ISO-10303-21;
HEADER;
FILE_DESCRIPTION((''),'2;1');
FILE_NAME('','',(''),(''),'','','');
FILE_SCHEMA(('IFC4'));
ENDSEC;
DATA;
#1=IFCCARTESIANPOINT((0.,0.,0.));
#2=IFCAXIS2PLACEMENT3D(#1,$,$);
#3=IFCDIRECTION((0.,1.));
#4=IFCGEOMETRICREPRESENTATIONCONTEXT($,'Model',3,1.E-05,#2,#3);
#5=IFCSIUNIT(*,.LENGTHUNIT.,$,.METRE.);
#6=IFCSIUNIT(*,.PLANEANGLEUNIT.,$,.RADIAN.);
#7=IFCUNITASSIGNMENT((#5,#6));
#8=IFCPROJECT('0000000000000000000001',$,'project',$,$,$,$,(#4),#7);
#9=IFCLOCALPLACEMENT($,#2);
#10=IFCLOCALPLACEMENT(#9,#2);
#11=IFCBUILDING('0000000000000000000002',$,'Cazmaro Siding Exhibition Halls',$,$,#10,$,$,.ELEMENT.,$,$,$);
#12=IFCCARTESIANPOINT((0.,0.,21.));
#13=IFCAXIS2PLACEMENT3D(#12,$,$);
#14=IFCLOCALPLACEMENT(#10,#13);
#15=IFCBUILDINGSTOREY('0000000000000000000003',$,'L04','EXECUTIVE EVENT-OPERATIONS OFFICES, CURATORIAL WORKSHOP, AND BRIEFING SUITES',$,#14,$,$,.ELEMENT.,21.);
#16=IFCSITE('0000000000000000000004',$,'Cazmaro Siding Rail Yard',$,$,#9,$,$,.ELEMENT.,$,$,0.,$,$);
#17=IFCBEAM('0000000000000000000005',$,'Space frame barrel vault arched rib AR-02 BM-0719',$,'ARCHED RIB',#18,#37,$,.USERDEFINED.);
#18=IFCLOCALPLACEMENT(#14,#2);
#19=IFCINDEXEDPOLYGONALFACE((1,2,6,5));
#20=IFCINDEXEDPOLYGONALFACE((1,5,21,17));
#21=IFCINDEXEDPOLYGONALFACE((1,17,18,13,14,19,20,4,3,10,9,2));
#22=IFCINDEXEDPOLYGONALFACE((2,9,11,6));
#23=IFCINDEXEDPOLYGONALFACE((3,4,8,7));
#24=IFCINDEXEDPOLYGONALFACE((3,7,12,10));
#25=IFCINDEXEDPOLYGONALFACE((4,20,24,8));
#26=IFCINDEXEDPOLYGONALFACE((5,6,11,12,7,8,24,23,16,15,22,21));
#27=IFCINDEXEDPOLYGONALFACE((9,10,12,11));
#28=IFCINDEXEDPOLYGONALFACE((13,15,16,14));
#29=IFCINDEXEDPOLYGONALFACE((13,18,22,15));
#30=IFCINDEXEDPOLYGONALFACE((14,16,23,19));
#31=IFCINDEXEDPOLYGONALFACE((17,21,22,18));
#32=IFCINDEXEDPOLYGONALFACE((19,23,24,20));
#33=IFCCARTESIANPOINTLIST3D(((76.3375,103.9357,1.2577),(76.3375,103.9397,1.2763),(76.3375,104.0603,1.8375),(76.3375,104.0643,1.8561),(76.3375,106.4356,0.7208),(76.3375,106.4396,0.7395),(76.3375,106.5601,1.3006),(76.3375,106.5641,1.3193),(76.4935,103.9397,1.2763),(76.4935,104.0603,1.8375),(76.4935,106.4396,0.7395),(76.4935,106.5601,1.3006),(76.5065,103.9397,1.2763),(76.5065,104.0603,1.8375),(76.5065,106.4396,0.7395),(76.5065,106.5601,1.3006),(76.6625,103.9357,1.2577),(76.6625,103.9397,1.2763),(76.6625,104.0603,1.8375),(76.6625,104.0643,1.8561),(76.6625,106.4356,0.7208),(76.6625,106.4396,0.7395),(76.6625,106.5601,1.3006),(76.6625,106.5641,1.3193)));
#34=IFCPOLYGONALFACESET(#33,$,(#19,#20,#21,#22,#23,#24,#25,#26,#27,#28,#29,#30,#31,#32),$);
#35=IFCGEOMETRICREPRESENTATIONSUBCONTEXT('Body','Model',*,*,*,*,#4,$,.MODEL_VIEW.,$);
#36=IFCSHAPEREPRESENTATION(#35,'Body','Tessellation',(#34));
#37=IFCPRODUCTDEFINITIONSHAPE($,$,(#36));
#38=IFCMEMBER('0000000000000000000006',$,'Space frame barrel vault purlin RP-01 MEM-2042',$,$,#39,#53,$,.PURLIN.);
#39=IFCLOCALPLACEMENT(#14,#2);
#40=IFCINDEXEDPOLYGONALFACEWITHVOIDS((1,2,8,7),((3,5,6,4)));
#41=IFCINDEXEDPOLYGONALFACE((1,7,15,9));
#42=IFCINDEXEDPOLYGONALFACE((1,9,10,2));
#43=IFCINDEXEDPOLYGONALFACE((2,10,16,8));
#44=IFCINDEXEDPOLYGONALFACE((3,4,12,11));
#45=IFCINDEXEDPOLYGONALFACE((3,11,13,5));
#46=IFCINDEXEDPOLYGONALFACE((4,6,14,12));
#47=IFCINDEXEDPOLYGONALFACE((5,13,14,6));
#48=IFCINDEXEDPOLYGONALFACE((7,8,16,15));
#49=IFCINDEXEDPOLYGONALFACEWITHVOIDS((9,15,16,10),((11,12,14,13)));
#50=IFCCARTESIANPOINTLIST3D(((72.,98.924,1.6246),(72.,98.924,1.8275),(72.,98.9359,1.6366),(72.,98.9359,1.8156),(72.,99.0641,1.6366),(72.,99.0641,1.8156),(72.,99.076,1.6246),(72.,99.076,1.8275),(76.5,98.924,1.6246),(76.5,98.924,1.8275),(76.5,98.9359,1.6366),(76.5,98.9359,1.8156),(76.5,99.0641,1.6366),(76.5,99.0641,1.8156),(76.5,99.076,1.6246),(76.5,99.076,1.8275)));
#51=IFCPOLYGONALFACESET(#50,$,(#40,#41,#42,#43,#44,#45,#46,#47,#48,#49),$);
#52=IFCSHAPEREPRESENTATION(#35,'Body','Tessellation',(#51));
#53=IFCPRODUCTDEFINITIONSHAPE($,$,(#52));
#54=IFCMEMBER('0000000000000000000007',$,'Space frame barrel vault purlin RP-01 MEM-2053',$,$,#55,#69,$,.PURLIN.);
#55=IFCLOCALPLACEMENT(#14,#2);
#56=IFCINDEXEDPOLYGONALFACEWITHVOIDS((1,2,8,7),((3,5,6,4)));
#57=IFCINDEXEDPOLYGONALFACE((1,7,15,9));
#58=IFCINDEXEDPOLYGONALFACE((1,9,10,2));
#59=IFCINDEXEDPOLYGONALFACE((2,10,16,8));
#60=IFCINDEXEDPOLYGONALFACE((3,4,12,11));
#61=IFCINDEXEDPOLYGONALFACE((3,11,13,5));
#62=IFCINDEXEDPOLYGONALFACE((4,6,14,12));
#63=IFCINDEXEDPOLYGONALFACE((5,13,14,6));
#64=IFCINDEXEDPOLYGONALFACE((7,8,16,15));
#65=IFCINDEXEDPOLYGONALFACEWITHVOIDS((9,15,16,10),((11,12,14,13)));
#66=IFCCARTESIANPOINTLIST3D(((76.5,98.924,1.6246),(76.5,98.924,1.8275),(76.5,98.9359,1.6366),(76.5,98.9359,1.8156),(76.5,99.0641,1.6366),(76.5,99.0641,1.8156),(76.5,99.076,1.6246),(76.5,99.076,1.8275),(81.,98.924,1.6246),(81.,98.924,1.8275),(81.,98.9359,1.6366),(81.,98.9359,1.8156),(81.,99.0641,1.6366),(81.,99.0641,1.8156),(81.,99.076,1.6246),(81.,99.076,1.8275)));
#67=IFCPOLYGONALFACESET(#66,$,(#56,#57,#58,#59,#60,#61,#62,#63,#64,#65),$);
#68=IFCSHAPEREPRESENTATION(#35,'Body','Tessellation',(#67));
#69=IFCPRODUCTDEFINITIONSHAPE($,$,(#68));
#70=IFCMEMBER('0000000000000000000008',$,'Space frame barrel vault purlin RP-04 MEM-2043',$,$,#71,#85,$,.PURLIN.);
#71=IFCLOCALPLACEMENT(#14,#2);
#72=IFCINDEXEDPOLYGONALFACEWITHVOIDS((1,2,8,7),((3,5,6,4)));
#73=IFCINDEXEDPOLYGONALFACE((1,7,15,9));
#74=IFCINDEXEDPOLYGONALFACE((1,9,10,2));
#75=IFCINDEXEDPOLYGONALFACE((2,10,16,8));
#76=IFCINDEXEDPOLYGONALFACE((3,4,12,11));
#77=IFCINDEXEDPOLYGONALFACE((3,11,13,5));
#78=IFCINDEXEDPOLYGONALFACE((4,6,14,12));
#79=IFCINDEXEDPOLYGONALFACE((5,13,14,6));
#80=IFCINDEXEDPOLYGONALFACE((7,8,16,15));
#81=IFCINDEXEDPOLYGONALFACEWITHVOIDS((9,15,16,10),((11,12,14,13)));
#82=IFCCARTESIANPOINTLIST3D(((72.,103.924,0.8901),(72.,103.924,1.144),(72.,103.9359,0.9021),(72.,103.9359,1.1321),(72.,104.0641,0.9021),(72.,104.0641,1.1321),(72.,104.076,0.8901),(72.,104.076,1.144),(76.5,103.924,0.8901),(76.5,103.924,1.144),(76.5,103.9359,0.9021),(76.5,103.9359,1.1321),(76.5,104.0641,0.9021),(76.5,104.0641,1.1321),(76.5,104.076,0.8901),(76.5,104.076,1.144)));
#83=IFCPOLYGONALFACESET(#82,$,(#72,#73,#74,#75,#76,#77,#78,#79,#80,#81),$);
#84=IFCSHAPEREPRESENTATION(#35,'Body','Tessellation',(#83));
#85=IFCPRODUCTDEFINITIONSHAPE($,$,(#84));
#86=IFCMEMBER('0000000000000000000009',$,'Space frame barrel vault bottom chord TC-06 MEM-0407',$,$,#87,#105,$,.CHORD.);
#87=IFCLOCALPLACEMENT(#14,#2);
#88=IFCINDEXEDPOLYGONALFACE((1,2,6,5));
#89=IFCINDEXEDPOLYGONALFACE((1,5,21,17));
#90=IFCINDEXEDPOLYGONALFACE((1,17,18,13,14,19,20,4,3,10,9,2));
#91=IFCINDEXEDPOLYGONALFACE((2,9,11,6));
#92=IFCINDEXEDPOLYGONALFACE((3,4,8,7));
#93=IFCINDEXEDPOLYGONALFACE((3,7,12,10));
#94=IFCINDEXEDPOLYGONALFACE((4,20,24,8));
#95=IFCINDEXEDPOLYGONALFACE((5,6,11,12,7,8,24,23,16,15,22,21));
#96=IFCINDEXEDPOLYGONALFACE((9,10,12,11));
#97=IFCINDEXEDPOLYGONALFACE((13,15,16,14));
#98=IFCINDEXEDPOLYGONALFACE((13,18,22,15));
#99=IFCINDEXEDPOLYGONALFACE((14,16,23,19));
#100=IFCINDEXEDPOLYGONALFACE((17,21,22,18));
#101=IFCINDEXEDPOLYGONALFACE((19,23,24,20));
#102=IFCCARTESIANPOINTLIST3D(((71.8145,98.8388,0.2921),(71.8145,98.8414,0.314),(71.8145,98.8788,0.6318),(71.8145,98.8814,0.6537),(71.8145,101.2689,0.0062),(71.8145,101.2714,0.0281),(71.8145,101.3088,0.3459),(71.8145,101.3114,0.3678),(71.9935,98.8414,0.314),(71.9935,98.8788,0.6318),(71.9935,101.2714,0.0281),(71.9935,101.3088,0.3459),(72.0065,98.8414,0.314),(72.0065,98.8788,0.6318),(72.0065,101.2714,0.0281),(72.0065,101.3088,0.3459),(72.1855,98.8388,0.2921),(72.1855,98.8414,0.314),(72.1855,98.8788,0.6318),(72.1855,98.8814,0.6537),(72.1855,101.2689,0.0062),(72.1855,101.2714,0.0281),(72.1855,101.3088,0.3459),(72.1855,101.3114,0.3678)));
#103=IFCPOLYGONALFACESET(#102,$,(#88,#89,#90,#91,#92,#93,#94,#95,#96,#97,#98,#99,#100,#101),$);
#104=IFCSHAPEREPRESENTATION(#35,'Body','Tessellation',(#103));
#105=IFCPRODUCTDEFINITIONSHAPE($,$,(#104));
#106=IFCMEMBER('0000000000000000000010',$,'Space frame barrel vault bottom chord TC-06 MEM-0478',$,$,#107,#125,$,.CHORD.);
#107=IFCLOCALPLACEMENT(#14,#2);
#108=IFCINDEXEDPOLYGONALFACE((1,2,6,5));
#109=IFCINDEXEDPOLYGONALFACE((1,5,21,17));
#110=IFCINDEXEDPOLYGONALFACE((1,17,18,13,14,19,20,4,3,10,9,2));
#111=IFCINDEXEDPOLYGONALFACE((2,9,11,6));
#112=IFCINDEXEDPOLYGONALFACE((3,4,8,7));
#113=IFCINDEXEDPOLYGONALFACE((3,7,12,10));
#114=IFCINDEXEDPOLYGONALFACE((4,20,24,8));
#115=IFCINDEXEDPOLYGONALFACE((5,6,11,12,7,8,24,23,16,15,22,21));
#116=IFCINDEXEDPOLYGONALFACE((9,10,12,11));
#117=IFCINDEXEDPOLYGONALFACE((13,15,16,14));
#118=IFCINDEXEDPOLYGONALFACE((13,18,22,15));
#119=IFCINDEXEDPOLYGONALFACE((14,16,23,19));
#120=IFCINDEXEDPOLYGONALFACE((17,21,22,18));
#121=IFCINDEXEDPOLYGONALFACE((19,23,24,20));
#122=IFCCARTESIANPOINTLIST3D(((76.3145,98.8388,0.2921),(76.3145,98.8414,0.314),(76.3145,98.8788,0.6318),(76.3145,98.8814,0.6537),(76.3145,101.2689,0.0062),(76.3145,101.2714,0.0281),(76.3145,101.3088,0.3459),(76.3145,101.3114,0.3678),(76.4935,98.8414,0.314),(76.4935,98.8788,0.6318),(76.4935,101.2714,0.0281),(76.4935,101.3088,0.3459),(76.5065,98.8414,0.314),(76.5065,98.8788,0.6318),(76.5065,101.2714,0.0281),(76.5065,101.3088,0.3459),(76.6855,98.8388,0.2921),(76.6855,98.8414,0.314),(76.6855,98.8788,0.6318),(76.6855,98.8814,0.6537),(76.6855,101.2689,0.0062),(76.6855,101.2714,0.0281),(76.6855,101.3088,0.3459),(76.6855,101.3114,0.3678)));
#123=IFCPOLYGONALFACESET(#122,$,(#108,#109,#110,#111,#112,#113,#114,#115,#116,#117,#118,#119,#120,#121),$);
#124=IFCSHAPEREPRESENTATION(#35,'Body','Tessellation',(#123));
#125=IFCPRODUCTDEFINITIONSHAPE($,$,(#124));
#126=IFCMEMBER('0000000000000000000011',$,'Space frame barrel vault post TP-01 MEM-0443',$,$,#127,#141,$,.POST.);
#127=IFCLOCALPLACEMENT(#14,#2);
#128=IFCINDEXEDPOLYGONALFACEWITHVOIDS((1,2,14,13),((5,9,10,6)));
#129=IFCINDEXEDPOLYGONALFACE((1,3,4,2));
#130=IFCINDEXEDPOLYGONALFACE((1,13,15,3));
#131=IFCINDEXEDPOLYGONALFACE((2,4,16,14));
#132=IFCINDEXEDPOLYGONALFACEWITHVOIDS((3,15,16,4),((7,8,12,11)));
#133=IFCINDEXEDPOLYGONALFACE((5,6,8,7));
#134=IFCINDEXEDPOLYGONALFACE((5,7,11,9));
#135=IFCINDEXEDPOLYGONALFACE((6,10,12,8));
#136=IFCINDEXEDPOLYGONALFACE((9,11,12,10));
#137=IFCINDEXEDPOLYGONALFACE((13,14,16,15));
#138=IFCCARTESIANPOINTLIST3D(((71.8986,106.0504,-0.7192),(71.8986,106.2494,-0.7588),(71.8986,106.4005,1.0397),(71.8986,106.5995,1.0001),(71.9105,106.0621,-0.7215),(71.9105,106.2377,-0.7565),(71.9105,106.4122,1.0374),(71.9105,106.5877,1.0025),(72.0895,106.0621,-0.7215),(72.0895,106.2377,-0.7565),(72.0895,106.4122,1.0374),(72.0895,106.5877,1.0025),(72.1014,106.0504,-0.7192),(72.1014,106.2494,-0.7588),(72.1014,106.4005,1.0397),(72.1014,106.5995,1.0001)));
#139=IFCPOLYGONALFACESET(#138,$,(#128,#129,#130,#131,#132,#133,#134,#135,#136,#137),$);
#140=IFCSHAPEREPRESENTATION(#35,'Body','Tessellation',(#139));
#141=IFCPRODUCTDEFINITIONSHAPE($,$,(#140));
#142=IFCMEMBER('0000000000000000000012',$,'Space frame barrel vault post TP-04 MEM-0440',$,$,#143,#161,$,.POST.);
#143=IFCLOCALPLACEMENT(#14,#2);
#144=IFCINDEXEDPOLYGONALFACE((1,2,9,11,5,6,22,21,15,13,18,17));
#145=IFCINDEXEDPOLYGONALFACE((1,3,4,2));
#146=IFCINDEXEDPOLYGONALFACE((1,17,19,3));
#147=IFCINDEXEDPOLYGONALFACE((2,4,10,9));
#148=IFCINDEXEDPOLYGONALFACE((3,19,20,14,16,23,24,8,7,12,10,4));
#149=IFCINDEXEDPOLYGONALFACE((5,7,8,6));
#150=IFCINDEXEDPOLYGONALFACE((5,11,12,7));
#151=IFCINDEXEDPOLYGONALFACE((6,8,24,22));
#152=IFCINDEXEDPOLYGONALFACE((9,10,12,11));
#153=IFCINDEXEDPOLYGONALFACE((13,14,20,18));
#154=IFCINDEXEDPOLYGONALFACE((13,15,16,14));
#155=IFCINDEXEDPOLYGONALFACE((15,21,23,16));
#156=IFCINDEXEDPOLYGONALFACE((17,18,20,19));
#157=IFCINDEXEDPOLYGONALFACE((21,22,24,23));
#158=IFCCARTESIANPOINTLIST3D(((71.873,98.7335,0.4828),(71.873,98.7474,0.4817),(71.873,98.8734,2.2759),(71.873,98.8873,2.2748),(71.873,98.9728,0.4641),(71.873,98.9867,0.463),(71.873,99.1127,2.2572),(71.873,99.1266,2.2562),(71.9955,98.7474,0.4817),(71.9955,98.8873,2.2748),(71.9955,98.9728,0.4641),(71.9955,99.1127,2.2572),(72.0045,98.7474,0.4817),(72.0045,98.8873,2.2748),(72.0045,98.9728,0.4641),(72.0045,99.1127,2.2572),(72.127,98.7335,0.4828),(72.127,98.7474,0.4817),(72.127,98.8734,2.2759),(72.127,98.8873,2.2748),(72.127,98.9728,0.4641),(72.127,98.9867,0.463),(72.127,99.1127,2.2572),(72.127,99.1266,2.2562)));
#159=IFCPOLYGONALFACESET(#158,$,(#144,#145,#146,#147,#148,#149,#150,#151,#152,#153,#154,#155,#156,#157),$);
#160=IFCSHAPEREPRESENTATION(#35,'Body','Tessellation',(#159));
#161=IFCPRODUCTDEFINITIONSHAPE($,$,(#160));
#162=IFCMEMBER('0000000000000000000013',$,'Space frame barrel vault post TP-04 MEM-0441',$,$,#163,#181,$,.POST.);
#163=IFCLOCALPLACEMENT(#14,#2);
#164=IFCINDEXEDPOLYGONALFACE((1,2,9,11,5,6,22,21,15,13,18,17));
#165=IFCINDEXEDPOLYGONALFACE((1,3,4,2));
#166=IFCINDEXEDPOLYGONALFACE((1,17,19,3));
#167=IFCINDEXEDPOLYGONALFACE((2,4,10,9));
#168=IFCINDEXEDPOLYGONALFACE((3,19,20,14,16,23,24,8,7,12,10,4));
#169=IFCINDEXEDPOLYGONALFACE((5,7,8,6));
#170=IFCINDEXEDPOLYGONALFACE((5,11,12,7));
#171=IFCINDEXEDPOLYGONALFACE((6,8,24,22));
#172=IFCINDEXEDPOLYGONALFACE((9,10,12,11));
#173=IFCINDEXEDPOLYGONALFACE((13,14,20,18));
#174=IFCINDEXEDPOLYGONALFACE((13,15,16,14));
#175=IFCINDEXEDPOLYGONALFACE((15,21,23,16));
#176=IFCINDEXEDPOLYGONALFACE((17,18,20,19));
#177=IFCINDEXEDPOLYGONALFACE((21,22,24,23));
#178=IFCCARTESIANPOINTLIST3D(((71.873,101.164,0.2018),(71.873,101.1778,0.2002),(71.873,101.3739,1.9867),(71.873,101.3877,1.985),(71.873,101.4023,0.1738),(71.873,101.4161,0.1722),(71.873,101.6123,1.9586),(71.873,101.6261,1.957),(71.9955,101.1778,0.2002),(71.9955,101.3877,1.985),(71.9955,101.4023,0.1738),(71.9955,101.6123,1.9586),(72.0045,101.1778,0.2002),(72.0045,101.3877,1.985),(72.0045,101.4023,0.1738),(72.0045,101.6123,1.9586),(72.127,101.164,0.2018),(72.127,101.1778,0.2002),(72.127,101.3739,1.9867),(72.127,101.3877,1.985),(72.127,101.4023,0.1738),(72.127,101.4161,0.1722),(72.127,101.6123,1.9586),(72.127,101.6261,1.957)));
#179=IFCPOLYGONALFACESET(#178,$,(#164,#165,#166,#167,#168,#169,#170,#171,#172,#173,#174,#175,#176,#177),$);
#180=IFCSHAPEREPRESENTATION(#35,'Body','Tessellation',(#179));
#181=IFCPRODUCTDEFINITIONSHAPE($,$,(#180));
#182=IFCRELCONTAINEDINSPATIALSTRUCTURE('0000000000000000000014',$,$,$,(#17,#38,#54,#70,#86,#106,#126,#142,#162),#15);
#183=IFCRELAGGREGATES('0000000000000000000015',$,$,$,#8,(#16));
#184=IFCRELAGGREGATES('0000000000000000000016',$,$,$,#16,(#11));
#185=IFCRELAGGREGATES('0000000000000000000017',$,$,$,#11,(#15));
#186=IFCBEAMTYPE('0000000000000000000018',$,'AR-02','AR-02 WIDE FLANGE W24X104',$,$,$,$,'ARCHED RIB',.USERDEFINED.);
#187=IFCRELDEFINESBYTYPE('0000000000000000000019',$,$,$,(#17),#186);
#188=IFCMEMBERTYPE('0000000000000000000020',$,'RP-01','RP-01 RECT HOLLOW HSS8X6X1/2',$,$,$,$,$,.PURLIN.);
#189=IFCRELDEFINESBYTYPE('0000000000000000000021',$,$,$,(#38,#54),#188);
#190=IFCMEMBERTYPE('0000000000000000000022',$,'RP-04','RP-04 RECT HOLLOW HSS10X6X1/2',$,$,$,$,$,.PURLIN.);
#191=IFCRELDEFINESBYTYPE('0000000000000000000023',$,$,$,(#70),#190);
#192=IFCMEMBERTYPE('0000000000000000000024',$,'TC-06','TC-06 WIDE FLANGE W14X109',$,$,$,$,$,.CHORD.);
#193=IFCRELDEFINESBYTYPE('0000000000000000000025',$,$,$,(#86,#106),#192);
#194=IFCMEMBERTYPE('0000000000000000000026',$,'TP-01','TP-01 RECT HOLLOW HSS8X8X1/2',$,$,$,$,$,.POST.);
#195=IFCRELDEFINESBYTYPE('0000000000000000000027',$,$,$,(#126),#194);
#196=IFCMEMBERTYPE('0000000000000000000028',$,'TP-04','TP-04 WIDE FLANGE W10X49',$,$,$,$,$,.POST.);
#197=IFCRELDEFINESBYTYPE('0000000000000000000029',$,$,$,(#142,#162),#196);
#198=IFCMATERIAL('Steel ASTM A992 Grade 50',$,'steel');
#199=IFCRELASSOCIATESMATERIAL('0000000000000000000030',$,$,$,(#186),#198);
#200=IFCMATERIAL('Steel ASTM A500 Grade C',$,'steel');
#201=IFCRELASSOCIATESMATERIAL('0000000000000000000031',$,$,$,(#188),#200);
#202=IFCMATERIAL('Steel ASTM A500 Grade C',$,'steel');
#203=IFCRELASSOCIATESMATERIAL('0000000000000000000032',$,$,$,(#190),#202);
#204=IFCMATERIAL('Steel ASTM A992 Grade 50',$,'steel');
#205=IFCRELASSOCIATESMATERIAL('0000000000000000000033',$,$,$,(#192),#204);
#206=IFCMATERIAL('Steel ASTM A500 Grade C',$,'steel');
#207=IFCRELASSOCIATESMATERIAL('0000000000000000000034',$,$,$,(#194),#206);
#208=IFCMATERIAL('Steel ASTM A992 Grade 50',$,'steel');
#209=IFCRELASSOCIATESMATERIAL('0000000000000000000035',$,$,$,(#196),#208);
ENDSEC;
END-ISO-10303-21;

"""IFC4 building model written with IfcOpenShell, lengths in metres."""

from ifc_helpers import new_model, si_unit, direction, frame, origin, origin_2d, place, context, subcontext, project, spatial, hollow_rectangle, i_section, extrude, material, material_profile, profile_set, type_object, element, save


model = new_model("IFC4")

# Units and contexts
model_context = context("Model", 3, precision=1e-05, world=origin(), true_north=direction((0.0, 1.0)))
body_context = subcontext(model_context, "Body", "Model", "MODEL_VIEW")
ifc_project = project(units=[si_unit("LENGTHUNIT", "METRE"), si_unit("PLANEANGLEUNIT", "RADIAN")], contexts=[model_context])

# Site, building, storey
site_placement = place(None, origin())
site = spatial("IfcSite", under=ifc_project, at=site_placement, Name="Cazmaro Siding Rail Yard", CompositionType="ELEMENT", RefElevation=0.0)
building_placement = place(site_placement, origin())
building = spatial("IfcBuilding", under=site, at=building_placement, Name="Cazmaro Siding Exhibition Halls", CompositionType="ELEMENT")
storey_placement = place(building_placement, frame((0.0, 0.0, 21.0)))
storey = spatial("IfcBuildingStorey", under=building, at=storey_placement, Name="L04", Description="EXECUTIVE EVENT-OPERATIONS OFFICES, CURATORIAL WORKSHOP, AND BRIEFING SUITES", CompositionType="ELEMENT", Elevation=21.0)

# Beam
ifc_material_1 = material(Name="Steel ASTM A992 Grade 50", Category="steel")
ifc_material_profile_1 = material_profile(ifc_material_1, i_section(OverallWidth=0.325, OverallDepth=0.6121, WebThickness=0.0129, FlangeThickness=0.019, at=origin_2d()), Name="W24X104")
ifc_profile_set_1 = profile_set([ifc_material_profile_1], Name="Steel ASTM A992 Grade 50")
beam_type_1 = type_object("IfcBeamType", Name="AR-02", Description="AR-02 WIDE FLANGE W24X104", ElementType="ARCHED RIB", PredefinedType="USERDEFINED", material=ifc_profile_set_1)
beam_1_placement = place(storey_placement, frame((76.5, 104.0, 1.5569), z_axis=(0.0, 0.97771, -0.209959), x_axis=(-1.0, 0.0, 0.0)))
element("IfcBeam", 1, at=beam_1_placement, inside=storey, type_object=beam_type_1, Name="Space frame barrel vault arched rib AR-02 BM-0719", ObjectType="ARCHED RIB", PredefinedType="USERDEFINED", context=body_context, shape_type="SweptSolid", body=[
    extrude(i_section(OverallWidth=0.325, OverallDepth=0.6121, WebThickness=0.0129, FlangeThickness=0.019, at=origin_2d()), origin(), (0.0, 0.0, 1.0), 2.5569),
])

# Members
ifc_material_2 = material(Name="Steel ASTM A500 Grade C", Category="steel")
ifc_material_profile_2 = material_profile(ifc_material_2, hollow_rectangle(XDim=0.1521, YDim=0.2029, WallThickness=0.012, at=origin_2d()), Name="HSS8X6X1/2")
ifc_profile_set_2 = profile_set([ifc_material_profile_2], Name="Steel ASTM A500 Grade C")
member_type_1 = type_object("IfcMemberType", Name="RP-01", Description="RP-01 RECT HOLLOW HSS8X6X1/2", PredefinedType="PURLIN", material=ifc_profile_set_2)
for number, where, z_axis, x_axis, name in (
    (2, (72.0, 99.0, 1.7261), (1.0, 0.0, 0.0), (0.0, 1.0, 0.0), "Space frame barrel vault purlin RP-01 MEM-2042"),
    (3, (76.5, 99.0, 1.7261), (1.0, 0.0, 0.0), (0.0, 1.0, 0.0), "Space frame barrel vault purlin RP-01 MEM-2053"),
):
    element("IfcMember", number, at=place(storey_placement, frame(where, z_axis=z_axis, x_axis=x_axis)), inside=storey, type_object=member_type_1, Name=name, PredefinedType="PURLIN", context=body_context, shape_type="SweptSolid", body=[
        extrude(hollow_rectangle(XDim=0.1521, YDim=0.2029, WallThickness=0.012, at=origin_2d()), origin(), (0.0, 0.0, 1.0), 4.5),
    ])
ifc_material_3 = material(Name="Steel ASTM A500 Grade C", Category="steel")
ifc_material_profile_3 = material_profile(ifc_material_3, hollow_rectangle(XDim=0.1521, YDim=0.2539, WallThickness=0.012, at=origin_2d()), Name="HSS10X6X1/2")
ifc_profile_set_3 = profile_set([ifc_material_profile_3], Name="Steel ASTM A500 Grade C")
member_type_2 = type_object("IfcMemberType", Name="RP-04", Description="RP-04 RECT HOLLOW HSS10X6X1/2", PredefinedType="PURLIN", material=ifc_profile_set_3)
member_1_placement = place(storey_placement, frame((72.0, 104.0, 1.0171), z_axis=(1.0, 0.0, 0.0), x_axis=(0.0, 1.0, 0.0)))
element("IfcMember", 4, at=member_1_placement, inside=storey, type_object=member_type_2, Name="Space frame barrel vault purlin RP-04 MEM-2043", PredefinedType="PURLIN", context=body_context, shape_type="SweptSolid", body=[
    extrude(hollow_rectangle(XDim=0.1521, YDim=0.2539, WallThickness=0.012, at=origin_2d()), origin(), (0.0, 0.0, 1.0), 4.5),
])
ifc_material_4 = material(Name="Steel ASTM A992 Grade 50", Category="steel")
ifc_material_profile_4 = material_profile(ifc_material_4, i_section(OverallWidth=0.3711, OverallDepth=0.364, WebThickness=0.0129, FlangeThickness=0.022, at=origin_2d()), Name="W14X109")
ifc_profile_set_4 = profile_set([ifc_material_profile_4], Name="Steel ASTM A992 Grade 50")
member_type_3 = type_object("IfcMemberType", Name="TC-06", Description="TC-06 WIDE FLANGE W14X109", PredefinedType="CHORD", material=ifc_profile_set_4)
for number, where, z_axis, x_axis, name in (
    (5, (72.0, 98.8601, 0.4729), (0.0, 0.99315, -0.116847), (-1.0, 0.0, 0.0), "Space frame barrel vault bottom chord TC-06 MEM-0407"),
    (6, (76.5, 98.8601, 0.4729), (0.0, 0.99315, -0.116847), (-1.0, 0.0, 0.0), "Space frame barrel vault bottom chord TC-06 MEM-0478"),
):
    element("IfcMember", number, at=place(storey_placement, frame(where, z_axis=z_axis, x_axis=x_axis)), inside=storey, type_object=member_type_3, Name=name, PredefinedType="CHORD", context=body_context, shape_type="SweptSolid", body=[
        extrude(i_section(OverallWidth=0.3711, OverallDepth=0.364, WebThickness=0.0129, FlangeThickness=0.022, at=origin_2d()), origin(), (0.0, 0.0, 1.0), 2.4468),
    ])
ifc_material_5 = material(Name="Steel ASTM A500 Grade C", Category="steel")
ifc_material_profile_5 = material_profile(ifc_material_5, hollow_rectangle(XDim=0.2029, YDim=0.2029, WallThickness=0.012, at=origin_2d()), Name="HSS8X8X1/2")
ifc_profile_set_5 = profile_set([ifc_material_profile_5], Name="Steel ASTM A500 Grade C")
member_type_4 = type_object("IfcMemberType", Name="TP-01", Description="TP-01 RECT HOLLOW HSS8X8X1/2", PredefinedType="POST", material=ifc_profile_set_5)
member_2_placement = place(storey_placement, frame((72.0, 106.1499, -0.739), z_axis=(0.0, 0.1952, 0.980763), x_axis=(-1.0, 0.0, 0.0)))
element("IfcMember", 7, at=member_2_placement, inside=storey, type_object=member_type_4, Name="Space frame barrel vault post TP-01 MEM-0443", PredefinedType="POST", context=body_context, shape_type="SweptSolid", body=[
    extrude(hollow_rectangle(XDim=0.2029, YDim=0.2029, WallThickness=0.012, at=origin_2d()), origin(), (0.0, 0.0, 1.0), 1.7935),
])
ifc_material_6 = material(Name="Steel ASTM A992 Grade 50", Category="steel")
ifc_material_profile_6 = material_profile(ifc_material_6, i_section(OverallWidth=0.2539, OverallDepth=0.2539, WebThickness=0.009, FlangeThickness=0.0139, at=origin_2d()), Name="W10X49")
ifc_profile_set_6 = profile_set([ifc_material_profile_6], Name="Steel ASTM A992 Grade 50")
member_type_5 = type_object("IfcMemberType", Name="TP-04", Description="TP-04 WIDE FLANGE W10X49", PredefinedType="POST", material=ifc_profile_set_6)
member_3_placement = place(storey_placement, frame((72.0, 98.8601, 0.4729), z_axis=(0.0, 0.077776, 0.996971), x_axis=(-1.0, 0.0, 0.0)))
element("IfcMember", 8, at=member_3_placement, inside=storey, type_object=member_type_5, Name="Space frame barrel vault post TP-04 MEM-0440", PredefinedType="POST", context=body_context, shape_type="SweptSolid", body=[
    extrude(i_section(OverallWidth=0.2539, OverallDepth=0.2539, WebThickness=0.009, FlangeThickness=0.0139, at=origin_2d()), origin(), (0.0, 0.0, 1.0), 1.7986),
])
member_4_placement = place(storey_placement, frame((72.0, 101.29, 0.187), z_axis=(0.0, 0.116825, 0.993152), x_axis=(-1.0, 0.0, 0.0)))
element("IfcMember", 9, at=member_4_placement, inside=storey, type_object=member_type_5, Name="Space frame barrel vault post TP-04 MEM-0441", PredefinedType="POST", context=body_context, shape_type="SweptSolid", body=[
    extrude(i_section(OverallWidth=0.2539, OverallDepth=0.2539, WebThickness=0.009, FlangeThickness=0.0139, at=origin_2d()), origin(), (0.0, 0.0, 1.0), 1.7971),
])

save(model, "model.ifc")
